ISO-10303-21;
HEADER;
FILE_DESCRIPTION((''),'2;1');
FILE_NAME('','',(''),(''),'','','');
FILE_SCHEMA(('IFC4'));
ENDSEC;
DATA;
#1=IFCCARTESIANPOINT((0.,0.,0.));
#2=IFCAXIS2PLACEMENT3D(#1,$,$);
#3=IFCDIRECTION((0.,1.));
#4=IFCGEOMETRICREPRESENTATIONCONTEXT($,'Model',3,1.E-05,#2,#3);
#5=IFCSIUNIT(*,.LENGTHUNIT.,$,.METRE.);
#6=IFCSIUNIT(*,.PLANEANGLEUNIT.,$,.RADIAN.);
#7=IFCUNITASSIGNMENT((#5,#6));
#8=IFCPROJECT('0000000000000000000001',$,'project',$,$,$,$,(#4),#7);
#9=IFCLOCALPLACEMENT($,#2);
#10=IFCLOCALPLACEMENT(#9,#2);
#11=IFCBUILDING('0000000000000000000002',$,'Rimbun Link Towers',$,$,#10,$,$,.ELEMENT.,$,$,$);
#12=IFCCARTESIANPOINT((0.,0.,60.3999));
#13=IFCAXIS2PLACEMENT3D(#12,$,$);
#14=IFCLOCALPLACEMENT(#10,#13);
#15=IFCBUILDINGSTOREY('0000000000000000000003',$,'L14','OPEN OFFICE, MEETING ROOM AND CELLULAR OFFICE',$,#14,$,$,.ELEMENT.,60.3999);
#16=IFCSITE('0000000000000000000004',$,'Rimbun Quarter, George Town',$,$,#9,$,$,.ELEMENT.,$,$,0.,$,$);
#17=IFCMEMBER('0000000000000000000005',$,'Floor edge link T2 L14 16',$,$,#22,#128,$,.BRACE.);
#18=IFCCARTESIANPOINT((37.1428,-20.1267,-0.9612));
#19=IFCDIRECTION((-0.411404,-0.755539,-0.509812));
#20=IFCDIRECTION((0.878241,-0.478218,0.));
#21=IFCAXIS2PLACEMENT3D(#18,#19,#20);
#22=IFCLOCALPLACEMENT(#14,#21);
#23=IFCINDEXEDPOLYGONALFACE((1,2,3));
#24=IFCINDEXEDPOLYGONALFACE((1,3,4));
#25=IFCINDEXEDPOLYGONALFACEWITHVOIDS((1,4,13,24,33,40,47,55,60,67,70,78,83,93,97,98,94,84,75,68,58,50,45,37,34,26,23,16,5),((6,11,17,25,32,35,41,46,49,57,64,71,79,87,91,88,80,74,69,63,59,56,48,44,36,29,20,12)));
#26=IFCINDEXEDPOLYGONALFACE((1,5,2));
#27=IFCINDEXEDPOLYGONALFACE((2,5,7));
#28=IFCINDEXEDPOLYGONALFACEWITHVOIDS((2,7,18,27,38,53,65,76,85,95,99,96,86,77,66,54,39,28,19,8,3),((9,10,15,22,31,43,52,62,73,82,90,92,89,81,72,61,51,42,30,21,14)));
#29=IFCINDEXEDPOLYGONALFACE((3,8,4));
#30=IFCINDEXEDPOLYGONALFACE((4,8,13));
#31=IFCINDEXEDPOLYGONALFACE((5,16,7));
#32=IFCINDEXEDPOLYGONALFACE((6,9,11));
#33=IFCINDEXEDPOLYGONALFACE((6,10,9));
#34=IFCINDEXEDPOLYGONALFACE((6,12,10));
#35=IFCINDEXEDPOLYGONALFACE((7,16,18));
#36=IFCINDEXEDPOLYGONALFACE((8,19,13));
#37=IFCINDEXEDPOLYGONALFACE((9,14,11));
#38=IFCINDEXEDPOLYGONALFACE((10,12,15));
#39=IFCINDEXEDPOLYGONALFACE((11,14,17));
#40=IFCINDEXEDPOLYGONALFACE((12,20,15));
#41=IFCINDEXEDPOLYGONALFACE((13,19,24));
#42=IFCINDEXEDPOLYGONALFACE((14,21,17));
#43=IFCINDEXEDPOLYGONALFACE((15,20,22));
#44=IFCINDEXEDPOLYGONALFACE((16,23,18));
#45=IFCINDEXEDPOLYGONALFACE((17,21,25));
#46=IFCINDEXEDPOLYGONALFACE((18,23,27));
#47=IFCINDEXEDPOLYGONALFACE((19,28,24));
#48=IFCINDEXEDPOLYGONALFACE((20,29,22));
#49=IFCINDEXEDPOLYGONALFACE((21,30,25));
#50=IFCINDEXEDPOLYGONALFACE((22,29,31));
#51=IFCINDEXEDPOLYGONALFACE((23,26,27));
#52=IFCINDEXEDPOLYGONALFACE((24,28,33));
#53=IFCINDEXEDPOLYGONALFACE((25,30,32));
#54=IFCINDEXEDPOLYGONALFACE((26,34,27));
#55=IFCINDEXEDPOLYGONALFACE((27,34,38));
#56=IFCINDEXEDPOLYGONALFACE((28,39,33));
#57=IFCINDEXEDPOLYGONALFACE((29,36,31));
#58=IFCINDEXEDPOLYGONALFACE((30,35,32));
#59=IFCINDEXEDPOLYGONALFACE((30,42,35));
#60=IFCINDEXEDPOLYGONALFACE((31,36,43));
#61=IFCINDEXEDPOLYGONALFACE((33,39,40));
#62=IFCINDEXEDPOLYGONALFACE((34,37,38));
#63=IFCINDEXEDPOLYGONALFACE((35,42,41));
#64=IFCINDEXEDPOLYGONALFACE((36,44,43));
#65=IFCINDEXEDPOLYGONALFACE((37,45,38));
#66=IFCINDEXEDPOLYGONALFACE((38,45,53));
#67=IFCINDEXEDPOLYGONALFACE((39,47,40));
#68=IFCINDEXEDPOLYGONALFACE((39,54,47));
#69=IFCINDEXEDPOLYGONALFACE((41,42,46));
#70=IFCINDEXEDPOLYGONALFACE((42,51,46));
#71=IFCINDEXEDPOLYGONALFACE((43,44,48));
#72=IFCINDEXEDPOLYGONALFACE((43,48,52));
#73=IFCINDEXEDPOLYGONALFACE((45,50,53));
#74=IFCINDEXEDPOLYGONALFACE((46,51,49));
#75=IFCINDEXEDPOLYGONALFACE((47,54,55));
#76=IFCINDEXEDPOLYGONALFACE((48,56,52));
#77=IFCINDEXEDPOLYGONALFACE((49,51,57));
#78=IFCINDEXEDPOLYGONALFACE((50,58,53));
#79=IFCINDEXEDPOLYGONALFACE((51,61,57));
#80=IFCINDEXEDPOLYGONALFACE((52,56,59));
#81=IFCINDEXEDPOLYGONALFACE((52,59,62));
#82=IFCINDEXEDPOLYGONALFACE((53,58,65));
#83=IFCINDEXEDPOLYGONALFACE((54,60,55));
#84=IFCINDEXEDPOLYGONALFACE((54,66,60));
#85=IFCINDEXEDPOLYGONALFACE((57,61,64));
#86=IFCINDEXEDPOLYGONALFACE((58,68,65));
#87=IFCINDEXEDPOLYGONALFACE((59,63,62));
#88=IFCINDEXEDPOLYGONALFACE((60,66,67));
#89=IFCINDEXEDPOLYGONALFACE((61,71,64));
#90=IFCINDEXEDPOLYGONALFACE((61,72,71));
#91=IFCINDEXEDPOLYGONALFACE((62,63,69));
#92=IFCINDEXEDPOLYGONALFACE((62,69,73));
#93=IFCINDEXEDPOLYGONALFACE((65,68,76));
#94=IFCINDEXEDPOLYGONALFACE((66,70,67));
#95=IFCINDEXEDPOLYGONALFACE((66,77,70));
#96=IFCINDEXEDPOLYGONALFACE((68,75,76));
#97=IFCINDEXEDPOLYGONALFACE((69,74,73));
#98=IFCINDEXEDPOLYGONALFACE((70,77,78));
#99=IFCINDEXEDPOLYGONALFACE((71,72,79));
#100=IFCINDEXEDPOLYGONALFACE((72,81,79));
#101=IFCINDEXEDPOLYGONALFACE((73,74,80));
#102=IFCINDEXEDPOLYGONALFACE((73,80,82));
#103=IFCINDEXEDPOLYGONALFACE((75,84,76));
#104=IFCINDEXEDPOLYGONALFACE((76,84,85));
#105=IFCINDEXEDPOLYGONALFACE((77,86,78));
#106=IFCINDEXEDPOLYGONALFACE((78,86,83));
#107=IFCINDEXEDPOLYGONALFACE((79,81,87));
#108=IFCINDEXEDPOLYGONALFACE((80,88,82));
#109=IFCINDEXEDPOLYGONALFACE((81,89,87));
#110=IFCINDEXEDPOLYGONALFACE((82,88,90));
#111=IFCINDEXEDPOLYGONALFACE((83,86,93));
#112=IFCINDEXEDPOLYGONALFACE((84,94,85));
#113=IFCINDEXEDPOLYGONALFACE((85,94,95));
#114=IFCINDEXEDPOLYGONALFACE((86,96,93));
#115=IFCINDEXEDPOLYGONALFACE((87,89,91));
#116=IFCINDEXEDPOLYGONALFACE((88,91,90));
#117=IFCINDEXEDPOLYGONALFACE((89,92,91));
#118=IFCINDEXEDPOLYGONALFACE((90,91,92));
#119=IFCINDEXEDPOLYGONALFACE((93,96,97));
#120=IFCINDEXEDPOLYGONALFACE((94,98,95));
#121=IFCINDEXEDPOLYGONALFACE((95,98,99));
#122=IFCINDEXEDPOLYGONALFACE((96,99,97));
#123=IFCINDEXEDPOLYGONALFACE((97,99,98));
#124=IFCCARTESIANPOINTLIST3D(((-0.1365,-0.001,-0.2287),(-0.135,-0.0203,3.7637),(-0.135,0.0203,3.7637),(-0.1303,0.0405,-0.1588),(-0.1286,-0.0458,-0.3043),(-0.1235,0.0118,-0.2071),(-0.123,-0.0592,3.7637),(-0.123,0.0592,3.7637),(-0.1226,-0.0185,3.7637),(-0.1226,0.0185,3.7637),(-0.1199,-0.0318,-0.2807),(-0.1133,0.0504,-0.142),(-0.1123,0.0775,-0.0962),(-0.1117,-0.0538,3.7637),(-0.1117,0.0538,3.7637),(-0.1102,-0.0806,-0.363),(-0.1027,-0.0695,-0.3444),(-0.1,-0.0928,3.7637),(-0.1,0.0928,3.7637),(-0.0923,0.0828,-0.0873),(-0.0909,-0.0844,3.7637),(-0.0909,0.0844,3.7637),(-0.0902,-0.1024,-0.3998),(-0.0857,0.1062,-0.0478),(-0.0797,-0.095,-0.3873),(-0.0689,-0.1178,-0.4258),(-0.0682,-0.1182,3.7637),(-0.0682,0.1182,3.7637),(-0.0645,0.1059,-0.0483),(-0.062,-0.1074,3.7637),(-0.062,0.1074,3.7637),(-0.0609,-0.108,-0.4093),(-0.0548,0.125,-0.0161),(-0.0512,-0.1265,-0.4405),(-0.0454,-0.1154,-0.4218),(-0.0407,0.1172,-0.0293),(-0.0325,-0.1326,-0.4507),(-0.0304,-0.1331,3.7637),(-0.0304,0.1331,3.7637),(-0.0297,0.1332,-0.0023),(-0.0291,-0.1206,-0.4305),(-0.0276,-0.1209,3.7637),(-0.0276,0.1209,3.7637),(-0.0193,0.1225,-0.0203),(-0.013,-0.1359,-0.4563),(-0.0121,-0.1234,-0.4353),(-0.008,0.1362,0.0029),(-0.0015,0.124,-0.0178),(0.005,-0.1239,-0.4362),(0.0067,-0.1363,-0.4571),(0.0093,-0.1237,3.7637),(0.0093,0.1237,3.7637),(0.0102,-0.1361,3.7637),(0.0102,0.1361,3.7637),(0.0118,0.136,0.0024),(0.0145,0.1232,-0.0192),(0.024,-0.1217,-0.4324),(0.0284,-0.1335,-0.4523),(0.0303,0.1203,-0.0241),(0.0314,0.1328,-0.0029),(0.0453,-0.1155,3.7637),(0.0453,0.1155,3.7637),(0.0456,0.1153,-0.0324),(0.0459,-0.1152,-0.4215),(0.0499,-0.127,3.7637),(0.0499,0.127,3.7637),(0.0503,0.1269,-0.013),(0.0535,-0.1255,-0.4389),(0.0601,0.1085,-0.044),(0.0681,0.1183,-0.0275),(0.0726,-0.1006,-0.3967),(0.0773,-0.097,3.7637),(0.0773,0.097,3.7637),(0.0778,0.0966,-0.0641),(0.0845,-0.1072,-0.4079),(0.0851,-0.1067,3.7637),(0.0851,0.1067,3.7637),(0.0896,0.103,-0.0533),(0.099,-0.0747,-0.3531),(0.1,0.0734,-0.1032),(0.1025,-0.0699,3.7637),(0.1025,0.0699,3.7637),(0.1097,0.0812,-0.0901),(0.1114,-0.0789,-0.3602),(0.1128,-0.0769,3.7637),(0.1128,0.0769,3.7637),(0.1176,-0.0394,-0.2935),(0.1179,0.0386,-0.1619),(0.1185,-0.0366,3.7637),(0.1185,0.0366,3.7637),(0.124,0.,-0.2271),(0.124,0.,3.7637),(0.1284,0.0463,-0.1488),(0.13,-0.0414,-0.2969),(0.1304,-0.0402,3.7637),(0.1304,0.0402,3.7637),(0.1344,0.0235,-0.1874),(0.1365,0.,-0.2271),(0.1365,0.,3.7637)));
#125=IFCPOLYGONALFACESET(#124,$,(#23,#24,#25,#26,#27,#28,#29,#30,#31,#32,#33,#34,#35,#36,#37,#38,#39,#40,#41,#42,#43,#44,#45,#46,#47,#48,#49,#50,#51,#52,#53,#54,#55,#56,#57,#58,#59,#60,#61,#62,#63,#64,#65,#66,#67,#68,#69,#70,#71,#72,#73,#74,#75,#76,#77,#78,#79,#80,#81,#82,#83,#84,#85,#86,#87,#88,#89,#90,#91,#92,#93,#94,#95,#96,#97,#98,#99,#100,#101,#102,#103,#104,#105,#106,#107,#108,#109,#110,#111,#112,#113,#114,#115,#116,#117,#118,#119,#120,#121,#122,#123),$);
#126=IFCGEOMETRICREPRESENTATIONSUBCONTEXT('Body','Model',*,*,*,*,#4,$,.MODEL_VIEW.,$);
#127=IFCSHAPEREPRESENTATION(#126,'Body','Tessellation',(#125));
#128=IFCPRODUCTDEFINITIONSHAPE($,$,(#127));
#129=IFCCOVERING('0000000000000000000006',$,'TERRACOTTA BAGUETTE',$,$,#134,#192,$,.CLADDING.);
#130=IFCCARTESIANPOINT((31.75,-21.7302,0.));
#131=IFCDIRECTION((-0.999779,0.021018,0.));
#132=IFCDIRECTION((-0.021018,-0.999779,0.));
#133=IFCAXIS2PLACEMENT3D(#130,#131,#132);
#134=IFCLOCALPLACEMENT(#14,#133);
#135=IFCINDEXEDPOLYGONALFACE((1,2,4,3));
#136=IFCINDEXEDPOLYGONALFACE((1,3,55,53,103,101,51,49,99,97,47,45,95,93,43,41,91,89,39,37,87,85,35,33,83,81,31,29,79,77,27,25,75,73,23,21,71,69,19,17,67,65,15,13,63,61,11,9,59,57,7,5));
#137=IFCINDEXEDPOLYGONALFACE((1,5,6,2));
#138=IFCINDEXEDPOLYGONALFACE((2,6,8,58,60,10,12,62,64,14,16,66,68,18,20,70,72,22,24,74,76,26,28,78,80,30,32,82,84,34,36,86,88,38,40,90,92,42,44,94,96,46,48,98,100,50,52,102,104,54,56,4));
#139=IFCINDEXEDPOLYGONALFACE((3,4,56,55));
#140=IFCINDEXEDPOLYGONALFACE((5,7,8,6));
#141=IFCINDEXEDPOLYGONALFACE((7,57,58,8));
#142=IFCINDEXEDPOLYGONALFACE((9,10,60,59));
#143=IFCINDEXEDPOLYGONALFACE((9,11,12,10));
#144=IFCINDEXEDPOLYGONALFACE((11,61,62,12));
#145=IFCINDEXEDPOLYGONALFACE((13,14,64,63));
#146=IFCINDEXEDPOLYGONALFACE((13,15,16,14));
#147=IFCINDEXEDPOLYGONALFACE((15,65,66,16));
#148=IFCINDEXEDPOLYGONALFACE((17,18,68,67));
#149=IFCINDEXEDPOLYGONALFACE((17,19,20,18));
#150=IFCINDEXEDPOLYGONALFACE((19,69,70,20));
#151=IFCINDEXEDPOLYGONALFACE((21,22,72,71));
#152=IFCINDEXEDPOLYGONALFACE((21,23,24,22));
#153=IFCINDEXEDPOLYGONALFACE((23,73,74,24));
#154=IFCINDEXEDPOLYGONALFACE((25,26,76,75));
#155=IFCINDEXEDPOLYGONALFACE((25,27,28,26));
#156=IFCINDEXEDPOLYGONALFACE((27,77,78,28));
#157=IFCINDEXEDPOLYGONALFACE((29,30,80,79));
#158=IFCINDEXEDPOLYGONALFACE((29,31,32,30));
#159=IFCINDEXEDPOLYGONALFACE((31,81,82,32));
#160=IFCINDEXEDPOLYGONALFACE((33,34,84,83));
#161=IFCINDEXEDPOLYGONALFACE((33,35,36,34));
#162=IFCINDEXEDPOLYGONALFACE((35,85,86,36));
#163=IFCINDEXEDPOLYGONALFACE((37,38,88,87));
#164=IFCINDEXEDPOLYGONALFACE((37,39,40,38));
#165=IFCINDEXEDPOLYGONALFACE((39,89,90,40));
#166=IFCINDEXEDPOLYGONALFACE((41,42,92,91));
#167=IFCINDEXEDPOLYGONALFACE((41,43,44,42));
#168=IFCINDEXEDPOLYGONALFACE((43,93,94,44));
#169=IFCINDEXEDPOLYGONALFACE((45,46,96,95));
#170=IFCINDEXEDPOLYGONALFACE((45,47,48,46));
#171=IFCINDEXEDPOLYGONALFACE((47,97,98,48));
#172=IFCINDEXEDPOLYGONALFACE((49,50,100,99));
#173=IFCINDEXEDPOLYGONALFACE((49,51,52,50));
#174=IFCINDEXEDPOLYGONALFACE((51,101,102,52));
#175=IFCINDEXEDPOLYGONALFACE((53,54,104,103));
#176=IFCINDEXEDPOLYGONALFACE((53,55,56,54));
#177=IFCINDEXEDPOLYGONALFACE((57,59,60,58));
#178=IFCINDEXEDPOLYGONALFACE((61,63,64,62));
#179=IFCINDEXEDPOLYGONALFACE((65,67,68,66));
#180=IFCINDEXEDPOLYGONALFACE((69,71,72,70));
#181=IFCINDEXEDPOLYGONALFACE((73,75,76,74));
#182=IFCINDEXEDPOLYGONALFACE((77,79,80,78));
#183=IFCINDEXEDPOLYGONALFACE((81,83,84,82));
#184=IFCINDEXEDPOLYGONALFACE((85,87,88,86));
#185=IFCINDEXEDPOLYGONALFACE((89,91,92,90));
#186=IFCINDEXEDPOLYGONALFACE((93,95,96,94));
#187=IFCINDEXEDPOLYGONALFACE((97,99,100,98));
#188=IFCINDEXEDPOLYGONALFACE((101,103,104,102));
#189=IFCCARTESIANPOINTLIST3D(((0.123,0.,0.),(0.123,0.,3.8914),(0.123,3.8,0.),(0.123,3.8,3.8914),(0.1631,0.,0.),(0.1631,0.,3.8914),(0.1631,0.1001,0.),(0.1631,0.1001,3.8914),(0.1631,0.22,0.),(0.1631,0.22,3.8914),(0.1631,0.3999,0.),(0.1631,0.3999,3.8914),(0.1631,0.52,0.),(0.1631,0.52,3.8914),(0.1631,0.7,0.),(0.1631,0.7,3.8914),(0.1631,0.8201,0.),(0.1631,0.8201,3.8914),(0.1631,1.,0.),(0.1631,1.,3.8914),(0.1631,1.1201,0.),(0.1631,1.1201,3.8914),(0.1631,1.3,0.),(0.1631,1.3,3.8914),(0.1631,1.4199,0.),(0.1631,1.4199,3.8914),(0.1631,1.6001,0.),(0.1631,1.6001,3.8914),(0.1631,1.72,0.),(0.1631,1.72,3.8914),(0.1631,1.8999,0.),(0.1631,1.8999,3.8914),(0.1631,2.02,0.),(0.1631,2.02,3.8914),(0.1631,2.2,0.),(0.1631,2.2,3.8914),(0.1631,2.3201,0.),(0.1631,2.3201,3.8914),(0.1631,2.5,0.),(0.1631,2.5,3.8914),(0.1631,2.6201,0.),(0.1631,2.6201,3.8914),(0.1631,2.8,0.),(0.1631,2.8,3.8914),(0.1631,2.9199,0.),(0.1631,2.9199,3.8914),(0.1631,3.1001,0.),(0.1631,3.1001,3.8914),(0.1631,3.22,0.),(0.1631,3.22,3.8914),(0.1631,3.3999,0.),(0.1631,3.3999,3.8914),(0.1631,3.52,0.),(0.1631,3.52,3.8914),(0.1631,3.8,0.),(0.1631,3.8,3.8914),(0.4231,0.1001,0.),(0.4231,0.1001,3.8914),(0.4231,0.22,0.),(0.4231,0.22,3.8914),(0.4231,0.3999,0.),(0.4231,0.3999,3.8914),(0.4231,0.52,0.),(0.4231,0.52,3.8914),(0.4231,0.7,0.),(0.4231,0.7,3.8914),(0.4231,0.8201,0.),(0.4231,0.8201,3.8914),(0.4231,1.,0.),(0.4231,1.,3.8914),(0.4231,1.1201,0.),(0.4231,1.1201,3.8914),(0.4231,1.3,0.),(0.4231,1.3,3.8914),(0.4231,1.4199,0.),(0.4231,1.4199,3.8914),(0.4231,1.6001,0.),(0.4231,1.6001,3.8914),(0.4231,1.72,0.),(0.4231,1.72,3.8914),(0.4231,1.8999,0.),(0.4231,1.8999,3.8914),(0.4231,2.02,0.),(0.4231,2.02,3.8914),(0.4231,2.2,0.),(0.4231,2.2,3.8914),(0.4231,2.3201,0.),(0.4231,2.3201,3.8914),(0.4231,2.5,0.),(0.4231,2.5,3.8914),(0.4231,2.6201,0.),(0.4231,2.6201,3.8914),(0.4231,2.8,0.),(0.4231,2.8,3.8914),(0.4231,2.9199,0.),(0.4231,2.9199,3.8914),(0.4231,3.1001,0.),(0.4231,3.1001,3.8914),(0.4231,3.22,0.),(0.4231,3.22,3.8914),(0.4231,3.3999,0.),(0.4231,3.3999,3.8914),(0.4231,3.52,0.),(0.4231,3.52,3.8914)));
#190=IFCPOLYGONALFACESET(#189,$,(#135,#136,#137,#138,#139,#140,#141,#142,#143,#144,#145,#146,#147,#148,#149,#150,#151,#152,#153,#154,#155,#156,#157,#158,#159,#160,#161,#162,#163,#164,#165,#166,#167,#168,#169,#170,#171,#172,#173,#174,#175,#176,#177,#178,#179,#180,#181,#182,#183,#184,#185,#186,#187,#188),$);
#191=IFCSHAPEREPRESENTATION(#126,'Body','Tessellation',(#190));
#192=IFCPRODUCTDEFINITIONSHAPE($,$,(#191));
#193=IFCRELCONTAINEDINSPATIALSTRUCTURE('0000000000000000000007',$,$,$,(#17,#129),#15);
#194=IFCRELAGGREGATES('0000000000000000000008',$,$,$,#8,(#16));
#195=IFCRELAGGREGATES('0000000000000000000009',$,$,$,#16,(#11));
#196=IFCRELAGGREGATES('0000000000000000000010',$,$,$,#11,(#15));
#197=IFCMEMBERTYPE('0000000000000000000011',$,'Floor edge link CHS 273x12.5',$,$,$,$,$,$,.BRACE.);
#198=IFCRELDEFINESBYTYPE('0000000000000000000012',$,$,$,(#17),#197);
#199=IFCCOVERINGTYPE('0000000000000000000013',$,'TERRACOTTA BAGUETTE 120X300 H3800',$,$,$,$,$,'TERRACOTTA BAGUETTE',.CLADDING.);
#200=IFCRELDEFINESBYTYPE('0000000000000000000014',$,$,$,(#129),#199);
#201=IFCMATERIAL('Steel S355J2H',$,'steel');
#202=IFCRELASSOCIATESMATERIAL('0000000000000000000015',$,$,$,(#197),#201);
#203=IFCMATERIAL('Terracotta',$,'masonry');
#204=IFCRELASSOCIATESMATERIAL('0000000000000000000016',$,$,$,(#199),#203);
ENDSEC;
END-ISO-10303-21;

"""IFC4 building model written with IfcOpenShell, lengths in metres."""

from ifc_helpers import new_model, si_unit, direction, frame, origin, origin_2d, place, context, subcontext, project, spatial, polyline, hollow_circle, outline, extrude, clip, halfspace, material, material_profile, profile_set, type_object, element, save


model = new_model("IFC4")

# Units and contexts
model_context = context("Model", 3, precision=1e-05, world=origin(), true_north=direction((0.0, 1.0)))
body_context = subcontext(model_context, "Body", "Model", "MODEL_VIEW")
ifc_project = project(units=[si_unit("LENGTHUNIT", "METRE"), si_unit("PLANEANGLEUNIT", "RADIAN")], contexts=[model_context])

# Site, building, storey
site_placement = place(None, origin())
site = spatial("IfcSite", under=ifc_project, at=site_placement, Name="Rimbun Quarter, George Town", CompositionType="ELEMENT", RefElevation=0.0)
building_placement = place(site_placement, origin())
building = spatial("IfcBuilding", under=site, at=building_placement, Name="Rimbun Link Towers", CompositionType="ELEMENT")
storey_placement = place(building_placement, frame((0.0, 0.0, 60.3999)))
storey = spatial("IfcBuildingStorey", under=building, at=storey_placement, Name="L14", Description="OPEN OFFICE, MEETING ROOM AND CELLULAR OFFICE", CompositionType="ELEMENT", Elevation=60.3999)

# Member
ifc_material_1 = material(Name="Steel S355J2H", Category="steel")
ifc_material_profile_1 = material_profile(ifc_material_1, hollow_circle(Radius=0.1365, WallThickness=0.0125, at=origin_2d()), Name="CHS 273x12.5")
ifc_profile_set_1 = profile_set([ifc_material_profile_1], Name="Steel S355J2H")
member_type_1 = type_object("IfcMemberType", Name="Floor edge link CHS 273x12.5", PredefinedType="BRACE", material=ifc_profile_set_1)
member_1_placement = place(storey_placement, frame((37.1428, -20.1267, -0.9612), z_axis=(-0.411404, -0.755539, -0.509812), x_axis=(0.878241, -0.478218, 0.0)))
element("IfcMember", 1, at=member_1_placement, inside=storey, type_object=member_type_1, Name="Floor edge link T2 L14 16", PredefinedType="BRACE", context=body_context, shape_type="Clipping", body=[
    clip(extrude(hollow_circle(Radius=0.1365, WallThickness=0.0125, at=origin_2d()), frame((0.0, 0.0, -0.4802)), (0.0, 0.0, 1.0), 4.2439), halfspace(frame((0.0, 0.0, -0.2271), z_axis=(0.0, 0.860286, -0.509812)), False)),
])

# Covering
ifc_material_2 = material(Name="Terracotta", Category="masonry")
ifc_material_profile_2 = material_profile(ifc_material_2, outline(polyline([(0.123, 0.0), (0.1631, 0.0), (0.1631, 0.1001), (0.4231, 0.1001), (0.4231, 0.22), (0.1631, 0.22), (0.1631, 0.3999), (0.4231, 0.3999), (0.4231, 0.52), (0.1631, 0.52), (0.1631, 0.7), (0.4231, 0.7), (0.4231, 0.8201), (0.1631, 0.8201), (0.1631, 1.0), (0.4231, 1.0), (0.4231, 1.1201), (0.1631, 1.1201), (0.1631, 1.3), (0.4231, 1.3), (0.4231, 1.4199), (0.1631, 1.4199), (0.1631, 1.6001), (0.4231, 1.6001), (0.4231, 1.72), (0.1631, 1.72), (0.1631, 1.8999), (0.4231, 1.8999), (0.4231, 2.02), (0.1631, 2.02), (0.1631, 2.2), (0.4231, 2.2), (0.4231, 2.3201), (0.1631, 2.3201), (0.1631, 2.5), (0.4231, 2.5), (0.4231, 2.6201), (0.1631, 2.6201), (0.1631, 2.8), (0.4231, 2.8), (0.4231, 2.9199), (0.1631, 2.9199), (0.1631, 3.1001), (0.4231, 3.1001), (0.4231, 3.22), (0.1631, 3.22), (0.1631, 3.3999), (0.4231, 3.3999), (0.4231, 3.52), (0.1631, 3.52), (0.1631, 3.8), (0.123, 3.8), (0.123, 0.0)])), Name="BAGUETTE 120X300")
ifc_profile_set_2 = profile_set([ifc_material_profile_2], Name="Terracotta")
covering_type = type_object("IfcCoveringType", Name="TERRACOTTA BAGUETTE 120X300 H3800", ElementType="TERRACOTTA BAGUETTE", PredefinedType="CLADDING", material=ifc_profile_set_2)
covering_1_placement = place(storey_placement, frame((31.75, -21.7302, 0.0), z_axis=(-0.999779, 0.021018, 0.0), x_axis=(-0.021018, -0.999779, 0.0)))
element("IfcCovering", 2, at=covering_1_placement, inside=storey, type_object=covering_type, Name="TERRACOTTA BAGUETTE", PredefinedType="CLADDING", context=body_context, shape_type="SweptSolid", body=[
    extrude(outline(polyline([(0.123, 0.0), (0.1631, 0.0), (0.1631, 0.1001), (0.4231, 0.1001), (0.4231, 0.22), (0.1631, 0.22), (0.1631, 0.3999), (0.4231, 0.3999), (0.4231, 0.52), (0.1631, 0.52), (0.1631, 0.7), (0.4231, 0.7), (0.4231, 0.8201), (0.1631, 0.8201), (0.1631, 1.0), (0.4231, 1.0), (0.4231, 1.1201), (0.1631, 1.1201), (0.1631, 1.3), (0.4231, 1.3), (0.4231, 1.4199), (0.1631, 1.4199), (0.1631, 1.6001), (0.4231, 1.6001), (0.4231, 1.72), (0.1631, 1.72), (0.1631, 1.8999), (0.4231, 1.8999), (0.4231, 2.02), (0.1631, 2.02), (0.1631, 2.2), (0.4231, 2.2), (0.4231, 2.3201), (0.1631, 2.3201), (0.1631, 2.5), (0.4231, 2.5), (0.4231, 2.6201), (0.1631, 2.6201), (0.1631, 2.8), (0.4231, 2.8), (0.4231, 2.9199), (0.1631, 2.9199), (0.1631, 3.1001), (0.4231, 3.1001), (0.4231, 3.22), (0.1631, 3.22), (0.1631, 3.3999), (0.4231, 3.3999), (0.4231, 3.52), (0.1631, 3.52), (0.1631, 3.8), (0.123, 3.8), (0.123, 0.0)])), origin(), (0.0, 0.0, 1.0), 3.8914),
])

save(model, "model.ifc")
